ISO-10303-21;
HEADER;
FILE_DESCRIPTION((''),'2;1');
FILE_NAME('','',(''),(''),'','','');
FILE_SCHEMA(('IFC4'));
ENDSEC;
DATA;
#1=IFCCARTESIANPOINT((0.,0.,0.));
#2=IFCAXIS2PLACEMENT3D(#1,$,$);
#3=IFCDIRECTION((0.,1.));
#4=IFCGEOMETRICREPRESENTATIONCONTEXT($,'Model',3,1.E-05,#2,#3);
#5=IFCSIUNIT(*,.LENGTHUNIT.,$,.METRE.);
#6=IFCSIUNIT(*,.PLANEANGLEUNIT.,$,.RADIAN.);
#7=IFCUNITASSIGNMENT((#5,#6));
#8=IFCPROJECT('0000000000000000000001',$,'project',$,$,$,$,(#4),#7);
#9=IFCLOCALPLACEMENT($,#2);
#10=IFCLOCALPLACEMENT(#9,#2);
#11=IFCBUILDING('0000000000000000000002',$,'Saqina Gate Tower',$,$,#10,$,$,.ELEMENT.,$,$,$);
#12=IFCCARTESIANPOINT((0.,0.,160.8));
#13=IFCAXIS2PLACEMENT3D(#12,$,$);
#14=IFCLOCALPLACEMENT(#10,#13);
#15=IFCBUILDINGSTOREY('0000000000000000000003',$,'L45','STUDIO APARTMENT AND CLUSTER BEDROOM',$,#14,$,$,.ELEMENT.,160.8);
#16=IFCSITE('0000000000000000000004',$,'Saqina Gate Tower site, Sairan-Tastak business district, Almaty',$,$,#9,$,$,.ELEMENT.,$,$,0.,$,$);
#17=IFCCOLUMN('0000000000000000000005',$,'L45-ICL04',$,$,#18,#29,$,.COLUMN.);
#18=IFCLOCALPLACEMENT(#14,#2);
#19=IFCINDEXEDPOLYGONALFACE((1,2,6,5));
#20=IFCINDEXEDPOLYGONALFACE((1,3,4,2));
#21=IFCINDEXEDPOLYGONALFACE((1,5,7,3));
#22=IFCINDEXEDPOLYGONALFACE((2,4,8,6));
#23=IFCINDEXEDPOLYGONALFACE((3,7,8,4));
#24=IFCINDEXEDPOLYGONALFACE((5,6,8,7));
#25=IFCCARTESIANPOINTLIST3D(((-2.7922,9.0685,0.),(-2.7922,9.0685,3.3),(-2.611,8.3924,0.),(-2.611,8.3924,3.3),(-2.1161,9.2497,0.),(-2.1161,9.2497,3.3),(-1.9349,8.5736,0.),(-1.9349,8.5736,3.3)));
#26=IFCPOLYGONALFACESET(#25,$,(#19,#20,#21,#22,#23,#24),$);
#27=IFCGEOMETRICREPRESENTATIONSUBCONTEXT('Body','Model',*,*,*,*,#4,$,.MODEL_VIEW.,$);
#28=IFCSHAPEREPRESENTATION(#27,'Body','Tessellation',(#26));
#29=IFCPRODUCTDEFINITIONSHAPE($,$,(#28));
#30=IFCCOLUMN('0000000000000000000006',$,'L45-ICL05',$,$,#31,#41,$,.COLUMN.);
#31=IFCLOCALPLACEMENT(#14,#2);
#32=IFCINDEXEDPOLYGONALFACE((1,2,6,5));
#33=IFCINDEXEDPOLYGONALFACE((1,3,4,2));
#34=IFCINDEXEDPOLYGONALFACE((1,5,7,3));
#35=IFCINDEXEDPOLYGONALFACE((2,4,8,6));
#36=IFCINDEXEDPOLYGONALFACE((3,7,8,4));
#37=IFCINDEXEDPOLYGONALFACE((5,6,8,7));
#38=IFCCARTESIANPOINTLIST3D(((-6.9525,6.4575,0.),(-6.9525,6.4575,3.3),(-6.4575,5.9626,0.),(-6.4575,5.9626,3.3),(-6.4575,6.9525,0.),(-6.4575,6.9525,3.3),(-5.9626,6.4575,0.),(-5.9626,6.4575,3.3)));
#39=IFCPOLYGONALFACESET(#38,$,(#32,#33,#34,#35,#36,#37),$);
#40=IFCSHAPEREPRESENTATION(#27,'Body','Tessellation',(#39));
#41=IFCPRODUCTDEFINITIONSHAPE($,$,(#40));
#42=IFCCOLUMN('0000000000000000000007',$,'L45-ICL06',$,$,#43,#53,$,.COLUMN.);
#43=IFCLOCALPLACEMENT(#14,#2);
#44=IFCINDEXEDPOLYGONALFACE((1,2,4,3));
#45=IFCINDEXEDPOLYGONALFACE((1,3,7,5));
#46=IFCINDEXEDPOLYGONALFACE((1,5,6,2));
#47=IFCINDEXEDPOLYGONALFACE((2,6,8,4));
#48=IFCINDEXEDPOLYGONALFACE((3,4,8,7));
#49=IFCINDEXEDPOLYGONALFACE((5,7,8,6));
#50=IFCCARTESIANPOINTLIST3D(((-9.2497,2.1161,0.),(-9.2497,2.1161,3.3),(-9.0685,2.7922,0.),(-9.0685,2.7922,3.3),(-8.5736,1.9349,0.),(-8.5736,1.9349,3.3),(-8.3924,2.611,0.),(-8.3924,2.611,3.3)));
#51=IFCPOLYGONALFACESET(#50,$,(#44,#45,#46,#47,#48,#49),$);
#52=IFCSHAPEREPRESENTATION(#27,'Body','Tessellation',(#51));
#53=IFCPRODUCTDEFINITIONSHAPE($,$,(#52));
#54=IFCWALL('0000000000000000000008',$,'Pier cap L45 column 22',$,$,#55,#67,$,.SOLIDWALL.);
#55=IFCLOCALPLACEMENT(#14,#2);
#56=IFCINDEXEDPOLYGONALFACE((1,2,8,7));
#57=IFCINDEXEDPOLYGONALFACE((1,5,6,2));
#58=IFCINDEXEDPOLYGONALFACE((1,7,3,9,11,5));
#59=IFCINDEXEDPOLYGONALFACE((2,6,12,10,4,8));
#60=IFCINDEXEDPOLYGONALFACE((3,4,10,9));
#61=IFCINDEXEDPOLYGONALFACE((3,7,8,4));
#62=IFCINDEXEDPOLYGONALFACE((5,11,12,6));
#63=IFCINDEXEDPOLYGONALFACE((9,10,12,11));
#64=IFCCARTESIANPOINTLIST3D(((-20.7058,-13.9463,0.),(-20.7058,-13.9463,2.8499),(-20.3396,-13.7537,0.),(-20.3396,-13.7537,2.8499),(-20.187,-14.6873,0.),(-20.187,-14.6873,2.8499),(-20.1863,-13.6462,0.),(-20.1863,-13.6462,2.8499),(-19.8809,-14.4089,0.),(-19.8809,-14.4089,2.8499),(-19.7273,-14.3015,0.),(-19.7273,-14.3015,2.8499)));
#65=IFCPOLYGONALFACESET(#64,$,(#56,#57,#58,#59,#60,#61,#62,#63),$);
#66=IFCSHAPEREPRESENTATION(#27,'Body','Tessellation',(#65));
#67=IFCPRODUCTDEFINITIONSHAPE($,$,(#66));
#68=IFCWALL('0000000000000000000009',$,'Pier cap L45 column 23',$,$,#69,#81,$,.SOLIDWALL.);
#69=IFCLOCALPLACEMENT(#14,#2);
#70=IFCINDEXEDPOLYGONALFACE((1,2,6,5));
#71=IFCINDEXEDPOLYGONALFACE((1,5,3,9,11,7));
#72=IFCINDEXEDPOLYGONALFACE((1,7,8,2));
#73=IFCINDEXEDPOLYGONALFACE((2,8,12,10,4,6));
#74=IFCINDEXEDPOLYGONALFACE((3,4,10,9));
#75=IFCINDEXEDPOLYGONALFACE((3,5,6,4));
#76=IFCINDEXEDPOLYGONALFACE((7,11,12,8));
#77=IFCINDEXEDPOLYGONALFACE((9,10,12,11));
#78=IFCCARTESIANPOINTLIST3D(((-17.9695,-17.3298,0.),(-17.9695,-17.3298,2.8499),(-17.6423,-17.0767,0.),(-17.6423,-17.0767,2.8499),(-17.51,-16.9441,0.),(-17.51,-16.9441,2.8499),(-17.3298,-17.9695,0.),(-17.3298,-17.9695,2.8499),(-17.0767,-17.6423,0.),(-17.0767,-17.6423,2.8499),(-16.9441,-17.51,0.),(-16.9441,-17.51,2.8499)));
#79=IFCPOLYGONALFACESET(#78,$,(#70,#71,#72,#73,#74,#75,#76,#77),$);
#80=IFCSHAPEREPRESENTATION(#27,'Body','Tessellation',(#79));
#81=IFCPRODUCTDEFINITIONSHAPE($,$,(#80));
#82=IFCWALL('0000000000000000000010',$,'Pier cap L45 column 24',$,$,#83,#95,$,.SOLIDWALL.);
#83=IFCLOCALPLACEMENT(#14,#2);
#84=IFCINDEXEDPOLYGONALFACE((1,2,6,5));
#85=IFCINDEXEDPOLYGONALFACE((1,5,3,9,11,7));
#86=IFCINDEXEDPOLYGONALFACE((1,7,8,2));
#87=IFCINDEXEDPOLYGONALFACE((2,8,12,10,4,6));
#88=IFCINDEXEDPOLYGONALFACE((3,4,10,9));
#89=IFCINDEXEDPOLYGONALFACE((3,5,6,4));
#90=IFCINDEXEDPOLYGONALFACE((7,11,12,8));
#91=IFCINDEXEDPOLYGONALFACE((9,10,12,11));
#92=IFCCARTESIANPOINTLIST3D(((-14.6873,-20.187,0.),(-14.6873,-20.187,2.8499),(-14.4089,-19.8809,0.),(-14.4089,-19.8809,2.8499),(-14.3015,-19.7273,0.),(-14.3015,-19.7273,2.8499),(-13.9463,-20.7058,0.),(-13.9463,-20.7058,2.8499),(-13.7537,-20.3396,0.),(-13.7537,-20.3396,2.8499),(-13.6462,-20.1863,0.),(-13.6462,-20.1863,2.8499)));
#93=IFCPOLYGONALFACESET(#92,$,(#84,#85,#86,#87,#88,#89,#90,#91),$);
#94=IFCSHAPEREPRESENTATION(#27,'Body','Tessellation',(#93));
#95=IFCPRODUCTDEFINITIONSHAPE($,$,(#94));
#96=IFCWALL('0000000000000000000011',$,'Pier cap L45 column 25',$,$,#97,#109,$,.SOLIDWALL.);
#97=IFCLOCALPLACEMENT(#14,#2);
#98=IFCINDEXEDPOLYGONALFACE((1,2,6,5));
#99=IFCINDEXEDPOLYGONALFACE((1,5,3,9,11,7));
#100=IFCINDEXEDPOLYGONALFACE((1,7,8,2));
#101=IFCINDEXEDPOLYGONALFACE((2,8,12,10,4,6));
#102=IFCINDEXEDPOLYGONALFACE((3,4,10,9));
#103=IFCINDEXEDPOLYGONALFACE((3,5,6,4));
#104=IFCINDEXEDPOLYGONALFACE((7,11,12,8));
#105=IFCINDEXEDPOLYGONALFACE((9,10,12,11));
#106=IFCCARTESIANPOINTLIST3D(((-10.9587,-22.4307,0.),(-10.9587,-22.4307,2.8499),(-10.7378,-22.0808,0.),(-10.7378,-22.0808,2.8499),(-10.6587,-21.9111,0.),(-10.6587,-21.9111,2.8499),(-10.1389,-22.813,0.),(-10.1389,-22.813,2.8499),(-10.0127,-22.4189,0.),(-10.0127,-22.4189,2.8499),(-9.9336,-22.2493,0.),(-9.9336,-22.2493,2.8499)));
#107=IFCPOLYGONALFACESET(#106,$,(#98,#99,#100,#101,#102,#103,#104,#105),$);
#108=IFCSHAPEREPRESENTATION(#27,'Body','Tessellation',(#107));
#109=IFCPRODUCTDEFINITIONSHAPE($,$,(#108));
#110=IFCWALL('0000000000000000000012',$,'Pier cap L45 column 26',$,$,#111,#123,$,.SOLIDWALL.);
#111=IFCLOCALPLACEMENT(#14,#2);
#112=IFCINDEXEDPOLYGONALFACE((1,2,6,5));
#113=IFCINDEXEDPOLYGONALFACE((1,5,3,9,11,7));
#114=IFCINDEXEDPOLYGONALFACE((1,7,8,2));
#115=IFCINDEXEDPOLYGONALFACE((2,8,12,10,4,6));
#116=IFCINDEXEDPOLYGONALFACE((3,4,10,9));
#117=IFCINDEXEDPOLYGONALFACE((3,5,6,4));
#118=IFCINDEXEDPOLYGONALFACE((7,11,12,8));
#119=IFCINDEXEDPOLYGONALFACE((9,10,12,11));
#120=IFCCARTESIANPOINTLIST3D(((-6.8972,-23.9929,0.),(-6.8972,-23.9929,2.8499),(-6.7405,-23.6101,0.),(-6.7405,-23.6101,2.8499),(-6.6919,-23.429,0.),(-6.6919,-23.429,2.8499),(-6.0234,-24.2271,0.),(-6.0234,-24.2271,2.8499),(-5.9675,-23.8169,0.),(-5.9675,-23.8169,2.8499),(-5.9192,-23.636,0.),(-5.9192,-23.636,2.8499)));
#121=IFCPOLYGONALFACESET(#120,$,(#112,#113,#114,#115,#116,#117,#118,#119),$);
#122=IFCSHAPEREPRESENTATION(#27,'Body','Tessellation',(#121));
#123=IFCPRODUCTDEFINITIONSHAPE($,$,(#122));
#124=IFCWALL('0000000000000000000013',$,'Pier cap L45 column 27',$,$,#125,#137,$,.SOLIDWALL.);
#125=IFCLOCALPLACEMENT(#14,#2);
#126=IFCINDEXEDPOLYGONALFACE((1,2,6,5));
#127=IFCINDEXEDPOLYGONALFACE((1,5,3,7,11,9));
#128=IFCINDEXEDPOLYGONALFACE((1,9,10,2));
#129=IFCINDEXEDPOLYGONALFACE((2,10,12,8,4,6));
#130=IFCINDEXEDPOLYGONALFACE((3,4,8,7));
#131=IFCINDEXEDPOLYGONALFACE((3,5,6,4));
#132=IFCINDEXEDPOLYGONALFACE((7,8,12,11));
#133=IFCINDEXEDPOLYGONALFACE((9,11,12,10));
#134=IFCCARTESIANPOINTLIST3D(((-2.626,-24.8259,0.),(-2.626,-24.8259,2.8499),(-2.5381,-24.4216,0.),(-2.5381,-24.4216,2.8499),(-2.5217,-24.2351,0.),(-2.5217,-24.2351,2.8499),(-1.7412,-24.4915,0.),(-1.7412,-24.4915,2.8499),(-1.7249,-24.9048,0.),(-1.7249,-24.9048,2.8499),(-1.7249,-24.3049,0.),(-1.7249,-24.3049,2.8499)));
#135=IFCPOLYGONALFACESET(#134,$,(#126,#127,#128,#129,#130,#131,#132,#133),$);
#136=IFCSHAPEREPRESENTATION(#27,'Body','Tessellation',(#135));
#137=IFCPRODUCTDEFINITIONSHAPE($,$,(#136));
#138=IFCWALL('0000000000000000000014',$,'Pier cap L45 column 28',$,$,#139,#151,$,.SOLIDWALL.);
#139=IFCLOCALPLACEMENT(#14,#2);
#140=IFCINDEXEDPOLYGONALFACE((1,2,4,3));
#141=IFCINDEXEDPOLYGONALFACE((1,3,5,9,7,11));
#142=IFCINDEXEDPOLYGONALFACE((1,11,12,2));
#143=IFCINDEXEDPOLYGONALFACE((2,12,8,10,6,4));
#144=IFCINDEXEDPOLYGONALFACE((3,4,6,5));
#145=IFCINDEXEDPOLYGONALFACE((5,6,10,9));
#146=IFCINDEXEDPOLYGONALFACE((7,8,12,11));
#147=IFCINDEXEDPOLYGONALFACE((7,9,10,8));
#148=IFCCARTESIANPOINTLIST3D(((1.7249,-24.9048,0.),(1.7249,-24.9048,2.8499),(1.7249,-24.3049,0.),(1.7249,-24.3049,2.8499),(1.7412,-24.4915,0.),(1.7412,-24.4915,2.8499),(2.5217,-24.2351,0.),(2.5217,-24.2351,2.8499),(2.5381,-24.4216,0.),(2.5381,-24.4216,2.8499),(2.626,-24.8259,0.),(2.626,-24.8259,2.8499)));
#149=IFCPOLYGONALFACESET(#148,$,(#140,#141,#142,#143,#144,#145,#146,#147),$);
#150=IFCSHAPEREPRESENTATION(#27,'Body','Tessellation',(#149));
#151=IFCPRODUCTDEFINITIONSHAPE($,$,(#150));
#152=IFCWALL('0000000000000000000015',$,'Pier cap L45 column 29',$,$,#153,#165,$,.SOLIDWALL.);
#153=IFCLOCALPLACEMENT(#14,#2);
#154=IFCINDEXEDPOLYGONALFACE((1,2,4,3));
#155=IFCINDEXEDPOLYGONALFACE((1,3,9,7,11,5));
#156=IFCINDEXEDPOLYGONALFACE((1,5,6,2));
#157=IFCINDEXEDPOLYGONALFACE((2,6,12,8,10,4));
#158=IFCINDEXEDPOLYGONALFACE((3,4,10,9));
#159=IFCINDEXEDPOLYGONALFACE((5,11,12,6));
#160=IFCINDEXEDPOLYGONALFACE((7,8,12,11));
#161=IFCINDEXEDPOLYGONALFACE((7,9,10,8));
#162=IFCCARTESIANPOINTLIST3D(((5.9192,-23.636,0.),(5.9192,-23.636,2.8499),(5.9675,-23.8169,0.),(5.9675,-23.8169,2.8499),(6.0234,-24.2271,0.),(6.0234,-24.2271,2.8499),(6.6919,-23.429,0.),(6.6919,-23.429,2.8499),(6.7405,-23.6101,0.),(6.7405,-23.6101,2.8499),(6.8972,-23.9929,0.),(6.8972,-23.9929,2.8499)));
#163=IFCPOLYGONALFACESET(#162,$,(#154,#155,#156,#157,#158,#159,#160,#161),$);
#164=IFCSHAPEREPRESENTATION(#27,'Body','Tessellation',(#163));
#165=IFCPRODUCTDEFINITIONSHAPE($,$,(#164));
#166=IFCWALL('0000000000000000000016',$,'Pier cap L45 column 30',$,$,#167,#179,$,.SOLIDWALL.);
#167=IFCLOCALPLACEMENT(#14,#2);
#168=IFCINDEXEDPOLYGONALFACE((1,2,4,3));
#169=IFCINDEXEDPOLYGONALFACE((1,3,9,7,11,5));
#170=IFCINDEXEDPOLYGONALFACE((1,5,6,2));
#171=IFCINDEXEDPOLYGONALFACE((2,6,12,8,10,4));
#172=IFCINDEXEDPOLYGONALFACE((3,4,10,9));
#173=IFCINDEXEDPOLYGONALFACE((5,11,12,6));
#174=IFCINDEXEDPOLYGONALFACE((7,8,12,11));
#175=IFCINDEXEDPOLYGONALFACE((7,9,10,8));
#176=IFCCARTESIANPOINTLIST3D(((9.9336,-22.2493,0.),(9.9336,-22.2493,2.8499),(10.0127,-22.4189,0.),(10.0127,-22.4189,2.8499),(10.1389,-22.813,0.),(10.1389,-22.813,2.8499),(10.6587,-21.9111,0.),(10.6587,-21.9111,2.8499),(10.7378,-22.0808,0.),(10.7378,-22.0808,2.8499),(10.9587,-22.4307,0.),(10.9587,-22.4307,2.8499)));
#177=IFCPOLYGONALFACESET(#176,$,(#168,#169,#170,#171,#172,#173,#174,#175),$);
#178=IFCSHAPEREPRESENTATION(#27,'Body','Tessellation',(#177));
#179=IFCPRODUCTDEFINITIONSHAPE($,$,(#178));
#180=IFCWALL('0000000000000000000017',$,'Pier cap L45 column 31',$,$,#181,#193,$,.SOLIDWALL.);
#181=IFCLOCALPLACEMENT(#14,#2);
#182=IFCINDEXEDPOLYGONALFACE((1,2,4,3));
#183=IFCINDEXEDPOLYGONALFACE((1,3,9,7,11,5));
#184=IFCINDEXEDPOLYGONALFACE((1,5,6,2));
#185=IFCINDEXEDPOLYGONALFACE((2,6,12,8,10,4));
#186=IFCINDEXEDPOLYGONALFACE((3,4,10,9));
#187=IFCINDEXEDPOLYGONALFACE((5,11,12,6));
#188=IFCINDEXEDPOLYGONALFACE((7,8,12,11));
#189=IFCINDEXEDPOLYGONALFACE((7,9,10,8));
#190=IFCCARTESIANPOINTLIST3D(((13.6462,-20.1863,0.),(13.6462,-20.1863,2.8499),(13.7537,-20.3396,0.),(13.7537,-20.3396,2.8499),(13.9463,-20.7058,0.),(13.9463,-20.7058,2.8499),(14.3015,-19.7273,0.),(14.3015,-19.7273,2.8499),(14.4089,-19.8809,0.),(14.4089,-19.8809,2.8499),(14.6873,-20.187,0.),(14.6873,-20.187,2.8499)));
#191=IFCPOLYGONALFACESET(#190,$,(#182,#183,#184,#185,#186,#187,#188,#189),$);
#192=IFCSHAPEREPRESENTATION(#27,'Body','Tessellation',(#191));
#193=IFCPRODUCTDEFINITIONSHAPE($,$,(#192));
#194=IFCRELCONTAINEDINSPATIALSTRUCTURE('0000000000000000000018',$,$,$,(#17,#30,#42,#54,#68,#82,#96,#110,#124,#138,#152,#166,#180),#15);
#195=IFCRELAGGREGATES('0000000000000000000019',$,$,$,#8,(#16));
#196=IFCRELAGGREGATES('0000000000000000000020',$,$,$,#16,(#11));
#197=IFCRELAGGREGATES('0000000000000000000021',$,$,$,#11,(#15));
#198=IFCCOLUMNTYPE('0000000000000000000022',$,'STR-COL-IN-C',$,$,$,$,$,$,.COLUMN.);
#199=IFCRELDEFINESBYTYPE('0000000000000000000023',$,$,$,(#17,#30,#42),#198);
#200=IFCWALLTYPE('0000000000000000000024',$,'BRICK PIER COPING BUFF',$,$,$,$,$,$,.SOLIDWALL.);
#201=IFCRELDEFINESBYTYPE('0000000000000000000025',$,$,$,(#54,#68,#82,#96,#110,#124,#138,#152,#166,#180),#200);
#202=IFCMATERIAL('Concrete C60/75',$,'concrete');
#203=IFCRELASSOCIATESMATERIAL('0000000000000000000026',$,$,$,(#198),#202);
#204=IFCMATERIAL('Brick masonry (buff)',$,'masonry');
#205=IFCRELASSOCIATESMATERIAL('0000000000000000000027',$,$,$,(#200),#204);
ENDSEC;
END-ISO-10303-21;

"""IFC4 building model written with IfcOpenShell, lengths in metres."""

from ifc_helpers import new_model, si_unit, direction, frame, origin, origin_2d, place, context, subcontext, project, spatial, polyline, rectangle, outline, extrude, material, material_profile, profile_set, type_object, element, save


model = new_model("IFC4")

# Units and contexts
model_context = context("Model", 3, precision=1e-05, world=origin(), true_north=direction((0.0, 1.0)))
body_context = subcontext(model_context, "Body", "Model", "MODEL_VIEW")
ifc_project = project(units=[si_unit("LENGTHUNIT", "METRE"), si_unit("PLANEANGLEUNIT", "RADIAN")], contexts=[model_context])

# Site, building, storey
site_placement = place(None, origin())
site = spatial("IfcSite", under=ifc_project, at=site_placement, Name="Saqina Gate Tower site, Sairan-Tastak business district, Almaty", CompositionType="ELEMENT", RefElevation=0.0)
building_placement = place(site_placement, origin())
building = spatial("IfcBuilding", under=site, at=building_placement, Name="Saqina Gate Tower", CompositionType="ELEMENT")
storey_placement = place(building_placement, frame((0.0, 0.0, 160.8)))
storey = spatial("IfcBuildingStorey", under=building, at=storey_placement, Name="L45", Description="STUDIO APARTMENT AND CLUSTER BEDROOM", CompositionType="ELEMENT", Elevation=160.8)

# Columns
ifc_material_1 = material(Name="Concrete C60/75", Category="concrete")
ifc_material_profile = material_profile(ifc_material_1, rectangle(XDim=0.7, YDim=0.7, at=origin_2d()), Name="RC 700x700")
ifc_profile_set = profile_set([ifc_material_profile], Name="Concrete C60/75")
column_type = type_object("IfcColumnType", Name="STR-COL-IN-C", PredefinedType="COLUMN", material=ifc_profile_set)
for number, where, z_axis, x_axis, name in (
    (1, (-2.3635, 8.821, 0.0), (0.0, 0.0, 1.0), (-0.258819, 0.965926, 0.0), "L45-ICL04"),
    (2, (-6.4575, 6.4575, 0.0), (0.0, 0.0, 1.0), (-0.707107, 0.707107, 0.0), "L45-ICL05"),
    (3, (-8.821, 2.3635, 0.0), (0.0, 0.0, 1.0), (-0.965926, 0.258819, 0.0), "L45-ICL06"),
):
    element("IfcColumn", number, at=place(storey_placement, frame(where, z_axis=z_axis, x_axis=x_axis)), inside=storey, type_object=column_type, Name=name, PredefinedType="COLUMN", context=body_context, shape_type="SweptSolid", body=[
        extrude(rectangle(XDim=0.7, YDim=0.7, at=origin_2d()), origin(), (0.0, 0.0, 1.0), 3.3),
    ])

# Walls
ifc_material_2 = material(Name="Brick masonry (buff)", Category="masonry")
wall_type_1 = type_object("IfcWallType", Name="BRICK PIER COPING BUFF", PredefinedType="SOLIDWALL", material=ifc_material_2)
wall_1_placement = place(storey_placement, origin())
element("IfcWall", 4, at=wall_1_placement, inside=storey, type_object=wall_type_1, Name="Pier cap L45 column 22", PredefinedType="SOLIDWALL", context=body_context, shape_type="SweptSolid", body=[
    extrude(outline(polyline([(-20.7058, -13.9463), (-20.187, -14.6873), (-19.7273, -14.3015), (-19.8809, -14.4089), (-20.3396, -13.7537), (-20.1863, -13.6462), (-20.7058, -13.9463)])), origin(), (0.0, 0.0, 1.0), 2.8499),
])
wall_2_placement = place(storey_placement, origin())
element("IfcWall", 5, at=wall_2_placement, inside=storey, type_object=wall_type_1, Name="Pier cap L45 column 23", PredefinedType="SOLIDWALL", context=body_context, shape_type="SweptSolid", body=[
    extrude(outline(polyline([(-17.3298, -17.9695), (-16.9441, -17.51), (-17.0767, -17.6423), (-17.6423, -17.0767), (-17.51, -16.9441), (-17.9695, -17.3298), (-17.3298, -17.9695)])), origin(), (0.0, 0.0, 1.0), 2.8499),
])
wall_3_placement = place(storey_placement, origin())
element("IfcWall", 6, at=wall_3_placement, inside=storey, type_object=wall_type_1, Name="Pier cap L45 column 24", PredefinedType="SOLIDWALL", context=body_context, shape_type="SweptSolid", body=[
    extrude(outline(polyline([(-14.6873, -20.187), (-13.9463, -20.7058), (-13.6462, -20.1863), (-13.7537, -20.3396), (-14.4089, -19.8809), (-14.3015, -19.7273), (-14.6873, -20.187)])), origin(), (0.0, 0.0, 1.0), 2.8499),
])
wall_4_placement = place(storey_placement, origin())
element("IfcWall", 7, at=wall_4_placement, inside=storey, type_object=wall_type_1, Name="Pier cap L45 column 25", PredefinedType="SOLIDWALL", context=body_context, shape_type="SweptSolid", body=[
    extrude(outline(polyline([(-10.1389, -22.813), (-9.9336, -22.2493), (-10.0127, -22.4189), (-10.7378, -22.0808), (-10.6587, -21.9111), (-10.9587, -22.4307), (-10.1389, -22.813)])), origin(), (0.0, 0.0, 1.0), 2.8499),
])
wall_5_placement = place(storey_placement, origin())
element("IfcWall", 8, at=wall_5_placement, inside=storey, type_object=wall_type_1, Name="Pier cap L45 column 26", PredefinedType="SOLIDWALL", context=body_context, shape_type="SweptSolid", body=[
    extrude(outline(polyline([(-6.0234, -24.2271), (-5.9192, -23.636), (-5.9675, -23.8169), (-6.7405, -23.6101), (-6.6919, -23.429), (-6.8972, -23.9929), (-6.0234, -24.2271)])), origin(), (0.0, 0.0, 1.0), 2.8499),
])
wall_6_placement = place(storey_placement, origin())
element("IfcWall", 9, at=wall_6_placement, inside=storey, type_object=wall_type_1, Name="Pier cap L45 column 27", PredefinedType="SOLIDWALL", context=body_context, shape_type="SweptSolid", body=[
    extrude(outline(polyline([(-2.626, -24.8259), (-1.7249, -24.9048), (-1.7249, -24.3049), (-1.7412, -24.4915), (-2.5381, -24.4216), (-2.5217, -24.2351), (-2.626, -24.8259)])), origin(), (0.0, 0.0, 1.0), 2.8499),
])
wall_7_placement = place(storey_placement, origin())
element("IfcWall", 10, at=wall_7_placement, inside=storey, type_object=wall_type_1, Name="Pier cap L45 column 28", PredefinedType="SOLIDWALL", context=body_context, shape_type="SweptSolid", body=[
    extrude(outline(polyline([(1.7249, -24.9048), (2.626, -24.8259), (2.5217, -24.2351), (2.5381, -24.4216), (1.7412, -24.4915), (1.7249, -24.3049), (1.7249, -24.9048)])), origin(), (0.0, 0.0, 1.0), 2.8499),
])
wall_8_placement = place(storey_placement, origin())
element("IfcWall", 11, at=wall_8_placement, inside=storey, type_object=wall_type_1, Name="Pier cap L45 column 29", PredefinedType="SOLIDWALL", context=body_context, shape_type="SweptSolid", body=[
    extrude(outline(polyline([(6.0234, -24.2271), (6.8972, -23.9929), (6.6919, -23.429), (6.7405, -23.6101), (5.9675, -23.8169), (5.9192, -23.636), (6.0234, -24.2271)])), origin(), (0.0, 0.0, 1.0), 2.8499),
])
wall_9_placement = place(storey_placement, origin())
element("IfcWall", 12, at=wall_9_placement, inside=storey, type_object=wall_type_1, Name="Pier cap L45 column 30", PredefinedType="SOLIDWALL", context=body_context, shape_type="SweptSolid", body=[
    extrude(outline(polyline([(10.9587, -22.4307), (10.6587, -21.9111), (10.7378, -22.0808), (10.0127, -22.4189), (9.9336, -22.2493), (10.1389, -22.813), (10.9587, -22.4307)])), origin(), (0.0, 0.0, 1.0), 2.8499),
])
wall_10_placement = place(storey_placement, origin())
element("IfcWall", 13, at=wall_10_placement, inside=storey, type_object=wall_type_1, Name="Pier cap L45 column 31", PredefinedType="SOLIDWALL", context=body_context, shape_type="SweptSolid", body=[
    extrude(outline(polyline([(13.9463, -20.7058), (14.6873, -20.187), (14.3015, -19.7273), (14.4089, -19.8809), (13.7537, -20.3396), (13.6462, -20.1863), (13.9463, -20.7058)])), origin(), (0.0, 0.0, 1.0), 2.8499),
])

save(model, "model.ifc")
